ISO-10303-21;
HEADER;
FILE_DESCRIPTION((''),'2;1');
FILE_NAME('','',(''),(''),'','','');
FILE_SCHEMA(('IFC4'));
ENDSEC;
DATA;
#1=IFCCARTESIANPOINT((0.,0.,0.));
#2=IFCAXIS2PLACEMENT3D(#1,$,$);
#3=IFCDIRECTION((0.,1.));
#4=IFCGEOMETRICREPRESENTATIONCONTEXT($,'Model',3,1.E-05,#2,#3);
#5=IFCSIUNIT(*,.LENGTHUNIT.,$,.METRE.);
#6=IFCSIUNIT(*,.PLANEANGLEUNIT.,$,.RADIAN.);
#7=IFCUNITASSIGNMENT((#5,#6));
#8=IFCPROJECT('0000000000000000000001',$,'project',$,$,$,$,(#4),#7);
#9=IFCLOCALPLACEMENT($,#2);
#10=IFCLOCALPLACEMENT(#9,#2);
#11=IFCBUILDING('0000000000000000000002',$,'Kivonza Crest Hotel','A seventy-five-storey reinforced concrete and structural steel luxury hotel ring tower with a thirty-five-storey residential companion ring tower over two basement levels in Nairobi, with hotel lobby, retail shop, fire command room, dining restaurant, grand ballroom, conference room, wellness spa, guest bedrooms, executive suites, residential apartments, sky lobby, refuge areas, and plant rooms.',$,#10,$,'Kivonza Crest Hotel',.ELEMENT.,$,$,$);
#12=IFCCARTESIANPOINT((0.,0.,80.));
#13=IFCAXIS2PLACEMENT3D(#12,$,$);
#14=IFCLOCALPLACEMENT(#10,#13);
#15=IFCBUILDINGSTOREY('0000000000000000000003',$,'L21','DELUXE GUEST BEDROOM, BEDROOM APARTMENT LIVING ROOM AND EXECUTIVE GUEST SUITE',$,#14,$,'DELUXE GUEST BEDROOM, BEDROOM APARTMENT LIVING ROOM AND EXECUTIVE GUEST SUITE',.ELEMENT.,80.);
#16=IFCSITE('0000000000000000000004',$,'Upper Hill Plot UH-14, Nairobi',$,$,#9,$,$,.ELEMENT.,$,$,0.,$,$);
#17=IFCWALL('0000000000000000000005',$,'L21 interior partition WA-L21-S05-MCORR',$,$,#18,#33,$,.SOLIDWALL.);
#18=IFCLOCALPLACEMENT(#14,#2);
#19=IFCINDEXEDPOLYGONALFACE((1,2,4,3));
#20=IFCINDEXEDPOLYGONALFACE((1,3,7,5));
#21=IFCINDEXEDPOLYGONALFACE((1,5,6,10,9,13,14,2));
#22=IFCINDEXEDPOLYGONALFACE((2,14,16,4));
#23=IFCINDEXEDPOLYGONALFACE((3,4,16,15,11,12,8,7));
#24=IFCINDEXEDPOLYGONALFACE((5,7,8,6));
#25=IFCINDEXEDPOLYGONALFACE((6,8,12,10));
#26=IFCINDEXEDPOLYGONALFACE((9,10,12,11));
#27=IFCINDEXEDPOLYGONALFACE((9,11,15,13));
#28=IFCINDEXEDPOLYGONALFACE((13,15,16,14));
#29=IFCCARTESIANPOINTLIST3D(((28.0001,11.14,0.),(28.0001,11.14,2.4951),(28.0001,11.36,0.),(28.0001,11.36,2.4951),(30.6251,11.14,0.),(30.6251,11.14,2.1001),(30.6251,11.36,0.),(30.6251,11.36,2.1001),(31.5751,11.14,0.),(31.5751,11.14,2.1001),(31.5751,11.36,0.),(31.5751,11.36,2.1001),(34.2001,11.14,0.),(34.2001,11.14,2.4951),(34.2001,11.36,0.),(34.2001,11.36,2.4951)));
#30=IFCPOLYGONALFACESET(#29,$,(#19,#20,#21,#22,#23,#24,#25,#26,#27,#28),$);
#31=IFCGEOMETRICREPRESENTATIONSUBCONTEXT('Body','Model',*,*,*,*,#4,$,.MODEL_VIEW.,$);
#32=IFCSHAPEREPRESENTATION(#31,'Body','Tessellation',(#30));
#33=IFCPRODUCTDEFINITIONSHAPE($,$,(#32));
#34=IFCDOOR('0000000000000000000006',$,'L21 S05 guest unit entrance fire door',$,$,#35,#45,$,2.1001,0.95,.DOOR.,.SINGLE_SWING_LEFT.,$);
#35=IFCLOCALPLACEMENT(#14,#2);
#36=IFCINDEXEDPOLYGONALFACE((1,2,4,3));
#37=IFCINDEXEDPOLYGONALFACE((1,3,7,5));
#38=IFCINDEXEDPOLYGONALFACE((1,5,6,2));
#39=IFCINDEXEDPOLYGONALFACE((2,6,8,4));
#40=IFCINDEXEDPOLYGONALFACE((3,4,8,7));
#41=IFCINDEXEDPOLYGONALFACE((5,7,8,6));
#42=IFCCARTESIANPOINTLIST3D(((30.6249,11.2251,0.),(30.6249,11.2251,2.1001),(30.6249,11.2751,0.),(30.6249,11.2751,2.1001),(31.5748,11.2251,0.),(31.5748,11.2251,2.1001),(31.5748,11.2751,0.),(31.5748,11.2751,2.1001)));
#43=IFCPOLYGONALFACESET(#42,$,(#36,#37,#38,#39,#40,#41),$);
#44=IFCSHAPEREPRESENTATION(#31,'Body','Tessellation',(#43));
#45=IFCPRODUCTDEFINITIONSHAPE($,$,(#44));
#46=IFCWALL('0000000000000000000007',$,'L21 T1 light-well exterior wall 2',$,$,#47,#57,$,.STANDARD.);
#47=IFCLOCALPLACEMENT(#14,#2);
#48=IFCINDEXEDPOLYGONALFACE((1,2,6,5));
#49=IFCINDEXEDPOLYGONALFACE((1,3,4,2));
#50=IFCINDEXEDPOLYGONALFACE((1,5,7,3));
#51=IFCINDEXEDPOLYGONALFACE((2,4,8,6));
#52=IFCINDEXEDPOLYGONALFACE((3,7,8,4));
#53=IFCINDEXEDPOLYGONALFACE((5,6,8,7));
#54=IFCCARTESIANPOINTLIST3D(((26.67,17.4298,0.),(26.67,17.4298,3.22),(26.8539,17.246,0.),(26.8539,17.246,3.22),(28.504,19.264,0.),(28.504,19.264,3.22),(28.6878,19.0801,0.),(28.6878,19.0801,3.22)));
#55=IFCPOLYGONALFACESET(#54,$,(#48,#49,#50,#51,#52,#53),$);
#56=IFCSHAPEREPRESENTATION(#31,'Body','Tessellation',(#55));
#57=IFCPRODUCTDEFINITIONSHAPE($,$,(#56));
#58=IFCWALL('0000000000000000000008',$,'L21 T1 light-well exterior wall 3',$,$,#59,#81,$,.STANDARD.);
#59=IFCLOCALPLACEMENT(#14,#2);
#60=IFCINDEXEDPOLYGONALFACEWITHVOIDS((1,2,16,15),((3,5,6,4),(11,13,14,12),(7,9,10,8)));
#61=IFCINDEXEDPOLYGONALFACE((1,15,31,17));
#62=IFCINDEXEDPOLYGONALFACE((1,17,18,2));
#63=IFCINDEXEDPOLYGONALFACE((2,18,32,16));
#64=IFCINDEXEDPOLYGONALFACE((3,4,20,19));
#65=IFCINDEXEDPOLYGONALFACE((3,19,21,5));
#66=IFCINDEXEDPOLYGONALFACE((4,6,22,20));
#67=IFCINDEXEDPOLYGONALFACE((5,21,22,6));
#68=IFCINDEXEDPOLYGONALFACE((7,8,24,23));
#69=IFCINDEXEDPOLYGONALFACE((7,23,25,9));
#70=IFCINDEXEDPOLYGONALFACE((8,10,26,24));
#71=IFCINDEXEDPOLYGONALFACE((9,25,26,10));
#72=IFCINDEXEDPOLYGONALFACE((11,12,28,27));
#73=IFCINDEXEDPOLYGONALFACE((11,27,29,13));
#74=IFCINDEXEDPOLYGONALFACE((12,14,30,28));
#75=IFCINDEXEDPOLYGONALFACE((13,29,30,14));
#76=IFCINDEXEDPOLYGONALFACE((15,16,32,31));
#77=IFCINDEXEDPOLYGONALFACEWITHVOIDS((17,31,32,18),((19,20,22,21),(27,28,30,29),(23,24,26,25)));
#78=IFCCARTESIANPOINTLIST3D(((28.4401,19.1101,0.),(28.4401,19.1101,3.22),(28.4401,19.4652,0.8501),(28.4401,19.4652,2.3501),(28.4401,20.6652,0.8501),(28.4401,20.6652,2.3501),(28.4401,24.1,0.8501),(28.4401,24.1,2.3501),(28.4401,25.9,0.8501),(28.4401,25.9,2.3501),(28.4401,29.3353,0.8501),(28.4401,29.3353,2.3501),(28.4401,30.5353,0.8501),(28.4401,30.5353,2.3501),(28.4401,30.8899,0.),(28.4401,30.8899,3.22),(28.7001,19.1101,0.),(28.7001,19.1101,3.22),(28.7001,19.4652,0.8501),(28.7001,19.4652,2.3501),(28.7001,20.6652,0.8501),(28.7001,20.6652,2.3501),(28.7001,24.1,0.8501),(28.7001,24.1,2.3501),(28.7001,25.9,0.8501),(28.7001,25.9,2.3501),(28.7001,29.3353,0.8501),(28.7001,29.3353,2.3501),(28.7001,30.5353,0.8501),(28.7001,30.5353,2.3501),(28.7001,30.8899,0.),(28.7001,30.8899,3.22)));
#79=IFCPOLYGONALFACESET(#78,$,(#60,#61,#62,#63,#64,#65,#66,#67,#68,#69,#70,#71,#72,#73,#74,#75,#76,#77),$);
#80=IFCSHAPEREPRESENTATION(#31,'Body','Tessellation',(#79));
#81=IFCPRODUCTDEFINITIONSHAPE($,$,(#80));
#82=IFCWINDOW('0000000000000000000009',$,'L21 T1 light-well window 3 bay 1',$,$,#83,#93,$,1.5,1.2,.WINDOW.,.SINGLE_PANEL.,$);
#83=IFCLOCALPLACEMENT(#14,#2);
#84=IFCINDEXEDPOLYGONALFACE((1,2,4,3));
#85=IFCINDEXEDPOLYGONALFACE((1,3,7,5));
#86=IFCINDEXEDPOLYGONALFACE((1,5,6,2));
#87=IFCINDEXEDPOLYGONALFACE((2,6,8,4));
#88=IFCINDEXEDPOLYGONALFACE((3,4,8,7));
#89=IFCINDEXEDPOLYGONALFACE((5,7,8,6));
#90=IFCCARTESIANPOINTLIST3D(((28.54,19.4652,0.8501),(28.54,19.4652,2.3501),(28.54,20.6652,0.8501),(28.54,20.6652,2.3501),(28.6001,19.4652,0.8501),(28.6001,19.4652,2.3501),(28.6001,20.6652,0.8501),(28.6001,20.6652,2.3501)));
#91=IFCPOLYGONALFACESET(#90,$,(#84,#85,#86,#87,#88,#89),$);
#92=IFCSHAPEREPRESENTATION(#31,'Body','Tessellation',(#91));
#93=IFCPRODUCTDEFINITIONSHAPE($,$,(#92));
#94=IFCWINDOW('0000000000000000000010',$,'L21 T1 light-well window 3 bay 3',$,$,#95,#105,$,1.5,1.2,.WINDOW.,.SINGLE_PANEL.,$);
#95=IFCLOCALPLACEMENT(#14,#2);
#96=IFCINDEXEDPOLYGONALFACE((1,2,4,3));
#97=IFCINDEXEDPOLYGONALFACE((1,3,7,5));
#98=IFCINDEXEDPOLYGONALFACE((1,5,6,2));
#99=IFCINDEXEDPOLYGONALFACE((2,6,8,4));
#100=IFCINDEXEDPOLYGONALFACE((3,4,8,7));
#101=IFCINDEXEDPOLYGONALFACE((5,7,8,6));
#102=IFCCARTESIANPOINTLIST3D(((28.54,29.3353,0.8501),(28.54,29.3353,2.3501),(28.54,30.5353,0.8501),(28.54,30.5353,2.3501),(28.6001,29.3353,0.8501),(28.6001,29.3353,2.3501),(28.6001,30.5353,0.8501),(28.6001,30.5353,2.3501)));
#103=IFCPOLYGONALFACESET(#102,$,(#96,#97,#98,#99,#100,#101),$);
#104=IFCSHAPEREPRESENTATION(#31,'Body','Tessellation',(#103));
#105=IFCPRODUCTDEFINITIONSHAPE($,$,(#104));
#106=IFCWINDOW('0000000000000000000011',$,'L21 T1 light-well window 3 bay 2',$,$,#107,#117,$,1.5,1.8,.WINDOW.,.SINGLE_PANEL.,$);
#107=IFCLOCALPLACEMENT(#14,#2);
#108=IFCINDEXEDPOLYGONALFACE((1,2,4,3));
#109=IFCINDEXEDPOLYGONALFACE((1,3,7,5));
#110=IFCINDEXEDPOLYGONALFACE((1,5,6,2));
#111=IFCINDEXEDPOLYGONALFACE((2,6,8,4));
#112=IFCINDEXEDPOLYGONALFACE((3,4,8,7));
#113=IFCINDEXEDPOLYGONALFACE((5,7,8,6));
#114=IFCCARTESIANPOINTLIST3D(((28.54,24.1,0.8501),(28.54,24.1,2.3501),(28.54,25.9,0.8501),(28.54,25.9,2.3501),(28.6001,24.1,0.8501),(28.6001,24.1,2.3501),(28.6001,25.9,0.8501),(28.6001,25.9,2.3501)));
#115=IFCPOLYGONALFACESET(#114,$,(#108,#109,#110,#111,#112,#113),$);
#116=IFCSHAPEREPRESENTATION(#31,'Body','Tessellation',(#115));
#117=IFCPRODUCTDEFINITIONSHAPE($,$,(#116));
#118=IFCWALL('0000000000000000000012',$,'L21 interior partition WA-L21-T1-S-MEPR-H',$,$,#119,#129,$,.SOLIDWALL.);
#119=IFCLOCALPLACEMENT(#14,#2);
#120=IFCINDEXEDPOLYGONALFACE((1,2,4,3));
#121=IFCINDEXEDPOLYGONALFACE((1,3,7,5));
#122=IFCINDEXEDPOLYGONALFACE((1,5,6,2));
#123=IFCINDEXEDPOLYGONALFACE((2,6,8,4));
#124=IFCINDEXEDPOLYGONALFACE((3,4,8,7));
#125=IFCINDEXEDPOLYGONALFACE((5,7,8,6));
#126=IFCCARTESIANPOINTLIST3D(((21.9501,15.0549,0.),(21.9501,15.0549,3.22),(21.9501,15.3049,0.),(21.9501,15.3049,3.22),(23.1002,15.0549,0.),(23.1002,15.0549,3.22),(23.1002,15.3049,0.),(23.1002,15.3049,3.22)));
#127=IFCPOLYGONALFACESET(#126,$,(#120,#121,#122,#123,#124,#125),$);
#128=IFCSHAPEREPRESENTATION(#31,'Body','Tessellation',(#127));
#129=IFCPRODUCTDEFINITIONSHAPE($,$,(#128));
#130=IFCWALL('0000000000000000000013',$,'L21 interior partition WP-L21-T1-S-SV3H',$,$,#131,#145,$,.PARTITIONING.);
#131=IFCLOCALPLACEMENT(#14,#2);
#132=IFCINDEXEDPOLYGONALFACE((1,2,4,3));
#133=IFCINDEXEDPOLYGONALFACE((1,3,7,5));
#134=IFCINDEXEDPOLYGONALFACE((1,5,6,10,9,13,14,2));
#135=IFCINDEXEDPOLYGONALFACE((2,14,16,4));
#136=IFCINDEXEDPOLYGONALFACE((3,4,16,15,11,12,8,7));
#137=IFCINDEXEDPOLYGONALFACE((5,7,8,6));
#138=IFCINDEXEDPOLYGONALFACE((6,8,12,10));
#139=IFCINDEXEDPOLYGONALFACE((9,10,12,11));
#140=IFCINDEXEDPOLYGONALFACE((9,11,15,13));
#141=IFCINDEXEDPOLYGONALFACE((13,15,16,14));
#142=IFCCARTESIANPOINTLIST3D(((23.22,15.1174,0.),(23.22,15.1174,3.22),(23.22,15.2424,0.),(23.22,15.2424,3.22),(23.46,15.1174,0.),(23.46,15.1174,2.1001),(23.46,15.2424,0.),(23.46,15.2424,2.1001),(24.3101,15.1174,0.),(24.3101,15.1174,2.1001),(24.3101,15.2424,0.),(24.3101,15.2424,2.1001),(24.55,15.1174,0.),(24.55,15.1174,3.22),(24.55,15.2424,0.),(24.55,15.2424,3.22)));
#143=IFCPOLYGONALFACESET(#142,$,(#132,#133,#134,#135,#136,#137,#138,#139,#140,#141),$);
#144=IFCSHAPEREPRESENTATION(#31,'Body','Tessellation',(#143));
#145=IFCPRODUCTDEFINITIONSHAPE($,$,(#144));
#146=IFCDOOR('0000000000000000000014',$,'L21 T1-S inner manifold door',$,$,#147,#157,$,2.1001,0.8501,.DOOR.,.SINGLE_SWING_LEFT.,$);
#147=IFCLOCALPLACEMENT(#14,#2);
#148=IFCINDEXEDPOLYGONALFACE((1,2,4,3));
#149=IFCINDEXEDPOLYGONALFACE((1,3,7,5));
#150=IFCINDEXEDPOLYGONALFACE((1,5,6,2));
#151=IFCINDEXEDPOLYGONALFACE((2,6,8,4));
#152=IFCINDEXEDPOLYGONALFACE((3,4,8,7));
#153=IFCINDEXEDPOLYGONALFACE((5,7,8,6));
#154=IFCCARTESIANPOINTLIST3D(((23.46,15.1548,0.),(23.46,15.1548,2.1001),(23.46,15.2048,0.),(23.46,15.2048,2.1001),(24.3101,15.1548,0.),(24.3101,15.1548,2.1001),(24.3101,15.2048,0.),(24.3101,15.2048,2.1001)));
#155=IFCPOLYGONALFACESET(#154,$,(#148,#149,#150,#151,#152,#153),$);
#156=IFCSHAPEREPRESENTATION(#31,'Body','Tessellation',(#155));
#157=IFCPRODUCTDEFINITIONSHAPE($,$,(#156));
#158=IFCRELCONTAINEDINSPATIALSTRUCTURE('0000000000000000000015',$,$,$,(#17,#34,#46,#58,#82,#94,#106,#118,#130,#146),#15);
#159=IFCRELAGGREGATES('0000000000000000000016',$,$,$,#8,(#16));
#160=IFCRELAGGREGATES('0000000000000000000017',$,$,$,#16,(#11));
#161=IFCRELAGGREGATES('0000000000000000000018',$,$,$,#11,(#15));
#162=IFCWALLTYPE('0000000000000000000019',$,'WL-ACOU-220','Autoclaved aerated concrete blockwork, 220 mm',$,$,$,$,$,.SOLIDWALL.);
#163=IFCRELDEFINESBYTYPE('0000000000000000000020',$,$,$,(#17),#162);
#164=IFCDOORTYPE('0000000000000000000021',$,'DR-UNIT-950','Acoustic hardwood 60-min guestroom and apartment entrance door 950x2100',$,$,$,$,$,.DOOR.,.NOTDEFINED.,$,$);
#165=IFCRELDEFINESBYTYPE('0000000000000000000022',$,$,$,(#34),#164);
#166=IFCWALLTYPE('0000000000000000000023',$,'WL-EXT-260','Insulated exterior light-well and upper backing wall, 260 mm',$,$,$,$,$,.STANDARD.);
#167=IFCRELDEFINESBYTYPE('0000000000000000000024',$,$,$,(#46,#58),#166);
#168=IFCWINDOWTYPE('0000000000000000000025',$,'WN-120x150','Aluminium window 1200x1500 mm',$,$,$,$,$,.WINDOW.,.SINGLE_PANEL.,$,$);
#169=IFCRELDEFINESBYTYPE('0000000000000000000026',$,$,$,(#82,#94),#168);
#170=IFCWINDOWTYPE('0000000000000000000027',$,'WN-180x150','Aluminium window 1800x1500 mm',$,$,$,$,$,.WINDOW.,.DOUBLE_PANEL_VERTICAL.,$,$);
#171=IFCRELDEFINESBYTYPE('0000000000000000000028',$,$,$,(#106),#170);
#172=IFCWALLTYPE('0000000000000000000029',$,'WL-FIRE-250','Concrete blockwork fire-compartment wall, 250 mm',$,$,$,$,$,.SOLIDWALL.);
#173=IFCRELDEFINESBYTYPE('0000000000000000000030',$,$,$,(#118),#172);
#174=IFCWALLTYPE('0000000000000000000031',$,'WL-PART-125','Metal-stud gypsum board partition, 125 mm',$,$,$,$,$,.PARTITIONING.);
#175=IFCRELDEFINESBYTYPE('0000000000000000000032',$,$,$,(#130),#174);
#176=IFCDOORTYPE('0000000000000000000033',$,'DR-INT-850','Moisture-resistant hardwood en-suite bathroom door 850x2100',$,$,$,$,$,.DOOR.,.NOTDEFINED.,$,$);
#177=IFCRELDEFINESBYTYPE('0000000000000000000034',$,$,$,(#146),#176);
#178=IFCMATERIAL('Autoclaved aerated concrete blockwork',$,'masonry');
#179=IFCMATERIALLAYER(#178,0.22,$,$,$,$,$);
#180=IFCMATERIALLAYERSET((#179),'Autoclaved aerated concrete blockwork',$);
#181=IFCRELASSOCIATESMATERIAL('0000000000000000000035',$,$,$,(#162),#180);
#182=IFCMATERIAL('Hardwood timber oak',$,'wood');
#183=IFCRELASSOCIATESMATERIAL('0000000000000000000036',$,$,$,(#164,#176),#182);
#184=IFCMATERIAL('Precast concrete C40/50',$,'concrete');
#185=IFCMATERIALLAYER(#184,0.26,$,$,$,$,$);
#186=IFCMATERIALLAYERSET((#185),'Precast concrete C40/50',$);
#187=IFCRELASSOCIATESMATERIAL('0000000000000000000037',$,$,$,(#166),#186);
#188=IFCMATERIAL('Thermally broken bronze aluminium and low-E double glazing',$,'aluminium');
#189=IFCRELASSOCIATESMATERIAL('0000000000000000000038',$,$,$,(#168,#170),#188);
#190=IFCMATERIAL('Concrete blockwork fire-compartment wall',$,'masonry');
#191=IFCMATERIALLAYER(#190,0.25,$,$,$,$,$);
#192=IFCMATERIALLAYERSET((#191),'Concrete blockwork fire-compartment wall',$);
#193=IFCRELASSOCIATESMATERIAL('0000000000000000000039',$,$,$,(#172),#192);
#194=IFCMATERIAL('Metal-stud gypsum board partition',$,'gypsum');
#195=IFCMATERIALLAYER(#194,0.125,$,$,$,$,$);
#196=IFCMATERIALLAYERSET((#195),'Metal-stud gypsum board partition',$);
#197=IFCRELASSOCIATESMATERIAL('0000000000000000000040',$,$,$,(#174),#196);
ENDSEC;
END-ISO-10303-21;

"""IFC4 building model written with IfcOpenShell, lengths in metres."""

from ifc_helpers import new_model, si_unit, direction, frame, frame_2d, origin, place, context, subcontext, project, spatial, rectangle, extrude, material, layer, layer_set, type_object, element, fill, save


model = new_model("IFC4")

# Units and contexts
model_context = context("Model", 3, precision=1e-05, world=origin(), true_north=direction((0.0, 1.0)))
body_context = subcontext(model_context, "Body", "Model", "MODEL_VIEW")
ifc_project = project(units=[si_unit("LENGTHUNIT", "METRE"), si_unit("PLANEANGLEUNIT", "RADIAN")], contexts=[model_context])

# Site, building, storey
site_placement = place(None, origin())
site = spatial("IfcSite", under=ifc_project, at=site_placement, Name="Upper Hill Plot UH-14, Nairobi", CompositionType="ELEMENT", RefElevation=0.0)
building_placement = place(site_placement, origin())
building = spatial("IfcBuilding", under=site, at=building_placement, Name="Kivonza Crest Hotel", Description="A seventy-five-storey reinforced concrete and structural steel luxury hotel ring tower with a thirty-five-storey residential companion ring tower over two basement levels in Nairobi, with hotel lobby, retail shop, fire command room, dining restaurant, grand ballroom, conference room, wellness spa, guest bedrooms, executive suites, residential apartments, sky lobby, refuge areas, and plant rooms.", LongName="Kivonza Crest Hotel", CompositionType="ELEMENT")
storey_placement = place(building_placement, frame((0.0, 0.0, 80.0)))
storey = spatial("IfcBuildingStorey", under=building, at=storey_placement, Name="L21", Description="DELUXE GUEST BEDROOM, BEDROOM APARTMENT LIVING ROOM AND EXECUTIVE GUEST SUITE", LongName="DELUXE GUEST BEDROOM, BEDROOM APARTMENT LIVING ROOM AND EXECUTIVE GUEST SUITE", CompositionType="ELEMENT", Elevation=80.0)

# Wall, opening, door
ifc_material_1 = material(Name="Autoclaved aerated concrete blockwork", Category="masonry")
ifc_layer_1 = layer(ifc_material_1, 0.22)
ifc_layer_set_1 = layer_set([ifc_layer_1], Name="Autoclaved aerated concrete blockwork")
wall_type_1 = type_object("IfcWallType", Name="WL-ACOU-220", Description="Autoclaved aerated concrete blockwork, 220 mm", PredefinedType="SOLIDWALL", material=ifc_layer_set_1)
wall_1_placement = place(storey_placement, frame((28.0, 11.25, 0.0), z_axis=(0.0, 0.0, 1.0), x_axis=(1.0, 0.0, 0.0)))
wall_1 = element("IfcWall", 1, at=wall_1_placement, inside=storey, type_object=wall_type_1, Name="L21 interior partition WA-L21-S05-MCORR", PredefinedType="SOLIDWALL", context=body_context, shape_type="SweptSolid", body=[
    extrude(rectangle(XDim=6.2, YDim=0.22, at=frame_2d((3.1001, 0.0))), origin(), (0.0, 0.0, 1.0), 2.4951),
])
opening_1_placement = place(wall_1_placement, frame((2.625, 0.0, 0.0)))
opening_1 = element("IfcOpeningElement", 2, at=opening_1_placement, cuts=wall_1, PredefinedType="OPENING", context=body_context, shape_type="SweptSolid", body=[
    extrude(rectangle(XDim=0.95, YDim=2.1001, at=frame_2d((0.4751, 1.05))), frame((0.0, 0.1201, 0.0), z_axis=(0.0, -1.0, 0.0), x_axis=(1.0, 0.0, 0.0)), (0.0, 0.0, 1.0), 0.24),
])
ifc_material_2 = material(Name="Hardwood timber oak", Category="wood")
door_type_1 = type_object("IfcDoorType", Name="DR-UNIT-950", Description="Acoustic hardwood 60-min guestroom and apartment entrance door 950x2100", OperationType="NOTDEFINED", PredefinedType="DOOR", material=ifc_material_2)
door_1_placement = place(opening_1_placement, frame((0.95, 0.0, 0.0), z_axis=(0.0, 0.0, 1.0), x_axis=(-1.0, 0.0, 0.0)))
door_1 = element("IfcDoor", 3, at=door_1_placement, inside=storey, type_object=door_type_1, Name="L21 S05 guest unit entrance fire door", OperationType="SINGLE_SWING_LEFT", OverallHeight=2.1001, OverallWidth=0.95, PredefinedType="DOOR", context=body_context, shape_type="SweptSolid", body=[
    extrude(rectangle(XDim=0.95, YDim=2.1001, at=frame_2d((0.4751, 1.05))), frame((0.0, 0.0249, 0.0), z_axis=(0.0, -1.0, 0.0), x_axis=(1.0, 0.0, 0.0)), (0.0, 0.0, 1.0), 0.05),
])
fill(opening_1, door_1)

# Wall
ifc_material_3 = material(Name="Precast concrete C40/50", Category="concrete")
ifc_layer_2 = layer(ifc_material_3, 0.26)
ifc_layer_set_2 = layer_set([ifc_layer_2], Name="Precast concrete C40/50")
wall_type_2 = type_object("IfcWallType", Name="WL-EXT-260", Description="Insulated exterior light-well and upper backing wall, 260 mm", PredefinedType="STANDARD", material=ifc_layer_set_2)
wall_2_placement = place(storey_placement, frame((26.762, 17.3379, 0.0), z_axis=(0.0, 0.0, 1.0), x_axis=(0.70706, 0.707154, 0.0)))
element("IfcWall", 4, at=wall_2_placement, inside=storey, type_object=wall_type_2, Name="L21 T1 light-well exterior wall 2", PredefinedType="STANDARD", context=body_context, shape_type="SweptSolid", body=[
    extrude(rectangle(XDim=2.5938, YDim=0.26, at=frame_2d((1.2969, 0.0))), origin(), (0.0, 0.0, 1.0), 3.22),
])

# Wall, openings, windows
wall_3_placement = place(storey_placement, frame((28.5701, 19.1101, 0.0), z_axis=(0.0, 0.0, 1.0), x_axis=(0.0, 1.0, 0.0)))
wall_3 = element("IfcWall", 5, at=wall_3_placement, inside=storey, type_object=wall_type_2, Name="L21 T1 light-well exterior wall 3", PredefinedType="STANDARD", context=body_context, shape_type="SweptSolid", body=[
    extrude(rectangle(XDim=11.7798, YDim=0.26, at=frame_2d((5.8899, 0.0))), origin(), (0.0, 0.0, 1.0), 3.22),
])
opening_2_placement = place(wall_3_placement, frame((0.355, 0.0, 0.8501)))
opening_2 = element("IfcOpeningElement", 6, at=opening_2_placement, cuts=wall_3, PredefinedType="OPENING", context=body_context, shape_type="SweptSolid", body=[
    extrude(rectangle(XDim=1.2, YDim=1.5, at=frame_2d((0.6001, 0.75))), frame((0.0, 0.1401, 0.0), z_axis=(0.0, -1.0, 0.0), x_axis=(1.0, 0.0, 0.0)), (0.0, 0.0, 1.0), 0.28),
])
opening_3_placement = place(wall_3_placement, frame((4.99, 0.0, 0.8501)))
opening_3 = element("IfcOpeningElement", 7, at=opening_3_placement, cuts=wall_3, PredefinedType="OPENING", context=body_context, shape_type="SweptSolid", body=[
    extrude(rectangle(XDim=1.8, YDim=1.5, at=frame_2d((0.8999, 0.75))), frame((0.0, 0.1401, 0.0), z_axis=(0.0, -1.0, 0.0), x_axis=(1.0, 0.0, 0.0)), (0.0, 0.0, 1.0), 0.28),
])
opening_4_placement = place(wall_3_placement, frame((10.2251, 0.0, 0.8501)))
opening_4 = element("IfcOpeningElement", 8, at=opening_4_placement, cuts=wall_3, PredefinedType="OPENING", context=body_context, shape_type="SweptSolid", body=[
    extrude(rectangle(XDim=1.2, YDim=1.5, at=frame_2d((0.6001, 0.75))), frame((0.0, 0.1401, 0.0), z_axis=(0.0, -1.0, 0.0), x_axis=(1.0, 0.0, 0.0)), (0.0, 0.0, 1.0), 0.28),
])
ifc_material_4 = material(Name="Thermally broken bronze aluminium and low-E double glazing", Category="aluminium")
window_type_1 = type_object("IfcWindowType", Name="WN-120x150", Description="Aluminium window 1200x1500 mm", PartitioningType="SINGLE_PANEL", PredefinedType="WINDOW", material=ifc_material_4)
window_1_placement = place(opening_2_placement, origin())
window_1 = element("IfcWindow", 9, at=window_1_placement, inside=storey, type_object=window_type_1, Name="L21 T1 light-well window 3 bay 1", OverallHeight=1.5, OverallWidth=1.2, PartitioningType="SINGLE_PANEL", PredefinedType="WINDOW", context=body_context, shape_type="SweptSolid", body=[
    extrude(rectangle(XDim=1.2, YDim=1.5, at=frame_2d((0.6001, 0.75))), frame((0.0, 0.03, 0.0), z_axis=(0.0, -1.0, 0.0), x_axis=(1.0, 0.0, 0.0)), (0.0, 0.0, 1.0), 0.0601),
])
fill(opening_2, window_1)
window_2_placement = place(opening_4_placement, origin())
window_2 = element("IfcWindow", 10, at=window_2_placement, inside=storey, type_object=window_type_1, Name="L21 T1 light-well window 3 bay 3", OverallHeight=1.5, OverallWidth=1.2, PartitioningType="SINGLE_PANEL", PredefinedType="WINDOW", context=body_context, shape_type="SweptSolid", body=[
    extrude(rectangle(XDim=1.2, YDim=1.5, at=frame_2d((0.6001, 0.75))), frame((0.0, 0.03, 0.0), z_axis=(0.0, -1.0, 0.0), x_axis=(1.0, 0.0, 0.0)), (0.0, 0.0, 1.0), 0.0601),
])
fill(opening_4, window_2)
window_type_2 = type_object("IfcWindowType", Name="WN-180x150", Description="Aluminium window 1800x1500 mm", PartitioningType="DOUBLE_PANEL_VERTICAL", PredefinedType="WINDOW", material=ifc_material_4)
window_3_placement = place(opening_3_placement, origin())
window_3 = element("IfcWindow", 11, at=window_3_placement, inside=storey, type_object=window_type_2, Name="L21 T1 light-well window 3 bay 2", OverallHeight=1.5, OverallWidth=1.8, PartitioningType="SINGLE_PANEL", PredefinedType="WINDOW", context=body_context, shape_type="SweptSolid", body=[
    extrude(rectangle(XDim=1.8, YDim=1.5, at=frame_2d((0.8999, 0.75))), frame((0.0, 0.03, 0.0), z_axis=(0.0, -1.0, 0.0), x_axis=(1.0, 0.0, 0.0)), (0.0, 0.0, 1.0), 0.0601),
])
fill(opening_3, window_3)

# Wall
ifc_material_5 = material(Name="Concrete blockwork fire-compartment wall", Category="masonry")
ifc_layer_3 = layer(ifc_material_5, 0.25)
ifc_layer_set_3 = layer_set([ifc_layer_3], Name="Concrete blockwork fire-compartment wall")
wall_type_3 = type_object("IfcWallType", Name="WL-FIRE-250", Description="Concrete blockwork fire-compartment wall, 250 mm", PredefinedType="SOLIDWALL", material=ifc_layer_set_3)
wall_4_placement = place(storey_placement, frame((21.95, 15.1799, 0.0), z_axis=(0.0, 0.0, 1.0), x_axis=(1.0, 0.0, 0.0)))
element("IfcWall", 12, at=wall_4_placement, inside=storey, type_object=wall_type_3, Name="L21 interior partition WA-L21-T1-S-MEPR-H", PredefinedType="SOLIDWALL", context=body_context, shape_type="SweptSolid", body=[
    extrude(rectangle(XDim=1.1501, YDim=0.25, at=frame_2d((0.5752, 0.0))), origin(), (0.0, 0.0, 1.0), 3.22),
])

# Wall, opening, door
ifc_material_6 = material(Name="Metal-stud gypsum board partition", Category="gypsum")
ifc_layer_4 = layer(ifc_material_6, 0.125)
ifc_layer_set_4 = layer_set([ifc_layer_4], Name="Metal-stud gypsum board partition")
wall_type_4 = type_object("IfcWallType", Name="WL-PART-125", Description="Metal-stud gypsum board partition, 125 mm", PredefinedType="PARTITIONING", material=ifc_layer_set_4)
wall_5_placement = place(storey_placement, frame((23.22, 15.1799, 0.0), z_axis=(0.0, 0.0, 1.0), x_axis=(1.0, 0.0, 0.0)))
wall_5 = element("IfcWall", 13, at=wall_5_placement, inside=storey, type_object=wall_type_4, Name="L21 interior partition WP-L21-T1-S-SV3H", PredefinedType="PARTITIONING", context=body_context, shape_type="SweptSolid", body=[
    extrude(rectangle(XDim=1.3301, YDim=0.125, at=frame_2d((0.665, 0.0))), origin(), (0.0, 0.0, 1.0), 3.22),
])
opening_5_placement = place(wall_5_placement, frame((0.24, 0.0, 0.0)))
opening_5 = element("IfcOpeningElement", 14, at=opening_5_placement, cuts=wall_5, PredefinedType="OPENING", context=body_context, shape_type="SweptSolid", body=[
    extrude(rectangle(XDim=0.8501, YDim=2.1001, at=frame_2d((0.425, 1.05))), frame((0.0, 0.0725, 0.0), z_axis=(0.0, -1.0, 0.0), x_axis=(1.0, 0.0, 0.0)), (0.0, 0.0, 1.0), 0.145),
])
door_type_2 = type_object("IfcDoorType", Name="DR-INT-850", Description="Moisture-resistant hardwood en-suite bathroom door 850x2100", OperationType="NOTDEFINED", PredefinedType="DOOR", material=ifc_material_2)
door_2_placement = place(opening_5_placement, origin())
door_2 = element("IfcDoor", 15, at=door_2_placement, inside=storey, type_object=door_type_2, Name="L21 T1-S inner manifold door", OperationType="SINGLE_SWING_LEFT", OverallHeight=2.1001, OverallWidth=0.8501, PredefinedType="DOOR", context=body_context, shape_type="SweptSolid", body=[
    extrude(rectangle(XDim=0.8501, YDim=2.1001, at=frame_2d((0.425, 1.05))), frame((0.0, 0.0249, 0.0), z_axis=(0.0, -1.0, 0.0), x_axis=(1.0, 0.0, 0.0)), (0.0, 0.0, 1.0), 0.05),
])
fill(opening_5, door_2)

save(model, "model.ifc")
